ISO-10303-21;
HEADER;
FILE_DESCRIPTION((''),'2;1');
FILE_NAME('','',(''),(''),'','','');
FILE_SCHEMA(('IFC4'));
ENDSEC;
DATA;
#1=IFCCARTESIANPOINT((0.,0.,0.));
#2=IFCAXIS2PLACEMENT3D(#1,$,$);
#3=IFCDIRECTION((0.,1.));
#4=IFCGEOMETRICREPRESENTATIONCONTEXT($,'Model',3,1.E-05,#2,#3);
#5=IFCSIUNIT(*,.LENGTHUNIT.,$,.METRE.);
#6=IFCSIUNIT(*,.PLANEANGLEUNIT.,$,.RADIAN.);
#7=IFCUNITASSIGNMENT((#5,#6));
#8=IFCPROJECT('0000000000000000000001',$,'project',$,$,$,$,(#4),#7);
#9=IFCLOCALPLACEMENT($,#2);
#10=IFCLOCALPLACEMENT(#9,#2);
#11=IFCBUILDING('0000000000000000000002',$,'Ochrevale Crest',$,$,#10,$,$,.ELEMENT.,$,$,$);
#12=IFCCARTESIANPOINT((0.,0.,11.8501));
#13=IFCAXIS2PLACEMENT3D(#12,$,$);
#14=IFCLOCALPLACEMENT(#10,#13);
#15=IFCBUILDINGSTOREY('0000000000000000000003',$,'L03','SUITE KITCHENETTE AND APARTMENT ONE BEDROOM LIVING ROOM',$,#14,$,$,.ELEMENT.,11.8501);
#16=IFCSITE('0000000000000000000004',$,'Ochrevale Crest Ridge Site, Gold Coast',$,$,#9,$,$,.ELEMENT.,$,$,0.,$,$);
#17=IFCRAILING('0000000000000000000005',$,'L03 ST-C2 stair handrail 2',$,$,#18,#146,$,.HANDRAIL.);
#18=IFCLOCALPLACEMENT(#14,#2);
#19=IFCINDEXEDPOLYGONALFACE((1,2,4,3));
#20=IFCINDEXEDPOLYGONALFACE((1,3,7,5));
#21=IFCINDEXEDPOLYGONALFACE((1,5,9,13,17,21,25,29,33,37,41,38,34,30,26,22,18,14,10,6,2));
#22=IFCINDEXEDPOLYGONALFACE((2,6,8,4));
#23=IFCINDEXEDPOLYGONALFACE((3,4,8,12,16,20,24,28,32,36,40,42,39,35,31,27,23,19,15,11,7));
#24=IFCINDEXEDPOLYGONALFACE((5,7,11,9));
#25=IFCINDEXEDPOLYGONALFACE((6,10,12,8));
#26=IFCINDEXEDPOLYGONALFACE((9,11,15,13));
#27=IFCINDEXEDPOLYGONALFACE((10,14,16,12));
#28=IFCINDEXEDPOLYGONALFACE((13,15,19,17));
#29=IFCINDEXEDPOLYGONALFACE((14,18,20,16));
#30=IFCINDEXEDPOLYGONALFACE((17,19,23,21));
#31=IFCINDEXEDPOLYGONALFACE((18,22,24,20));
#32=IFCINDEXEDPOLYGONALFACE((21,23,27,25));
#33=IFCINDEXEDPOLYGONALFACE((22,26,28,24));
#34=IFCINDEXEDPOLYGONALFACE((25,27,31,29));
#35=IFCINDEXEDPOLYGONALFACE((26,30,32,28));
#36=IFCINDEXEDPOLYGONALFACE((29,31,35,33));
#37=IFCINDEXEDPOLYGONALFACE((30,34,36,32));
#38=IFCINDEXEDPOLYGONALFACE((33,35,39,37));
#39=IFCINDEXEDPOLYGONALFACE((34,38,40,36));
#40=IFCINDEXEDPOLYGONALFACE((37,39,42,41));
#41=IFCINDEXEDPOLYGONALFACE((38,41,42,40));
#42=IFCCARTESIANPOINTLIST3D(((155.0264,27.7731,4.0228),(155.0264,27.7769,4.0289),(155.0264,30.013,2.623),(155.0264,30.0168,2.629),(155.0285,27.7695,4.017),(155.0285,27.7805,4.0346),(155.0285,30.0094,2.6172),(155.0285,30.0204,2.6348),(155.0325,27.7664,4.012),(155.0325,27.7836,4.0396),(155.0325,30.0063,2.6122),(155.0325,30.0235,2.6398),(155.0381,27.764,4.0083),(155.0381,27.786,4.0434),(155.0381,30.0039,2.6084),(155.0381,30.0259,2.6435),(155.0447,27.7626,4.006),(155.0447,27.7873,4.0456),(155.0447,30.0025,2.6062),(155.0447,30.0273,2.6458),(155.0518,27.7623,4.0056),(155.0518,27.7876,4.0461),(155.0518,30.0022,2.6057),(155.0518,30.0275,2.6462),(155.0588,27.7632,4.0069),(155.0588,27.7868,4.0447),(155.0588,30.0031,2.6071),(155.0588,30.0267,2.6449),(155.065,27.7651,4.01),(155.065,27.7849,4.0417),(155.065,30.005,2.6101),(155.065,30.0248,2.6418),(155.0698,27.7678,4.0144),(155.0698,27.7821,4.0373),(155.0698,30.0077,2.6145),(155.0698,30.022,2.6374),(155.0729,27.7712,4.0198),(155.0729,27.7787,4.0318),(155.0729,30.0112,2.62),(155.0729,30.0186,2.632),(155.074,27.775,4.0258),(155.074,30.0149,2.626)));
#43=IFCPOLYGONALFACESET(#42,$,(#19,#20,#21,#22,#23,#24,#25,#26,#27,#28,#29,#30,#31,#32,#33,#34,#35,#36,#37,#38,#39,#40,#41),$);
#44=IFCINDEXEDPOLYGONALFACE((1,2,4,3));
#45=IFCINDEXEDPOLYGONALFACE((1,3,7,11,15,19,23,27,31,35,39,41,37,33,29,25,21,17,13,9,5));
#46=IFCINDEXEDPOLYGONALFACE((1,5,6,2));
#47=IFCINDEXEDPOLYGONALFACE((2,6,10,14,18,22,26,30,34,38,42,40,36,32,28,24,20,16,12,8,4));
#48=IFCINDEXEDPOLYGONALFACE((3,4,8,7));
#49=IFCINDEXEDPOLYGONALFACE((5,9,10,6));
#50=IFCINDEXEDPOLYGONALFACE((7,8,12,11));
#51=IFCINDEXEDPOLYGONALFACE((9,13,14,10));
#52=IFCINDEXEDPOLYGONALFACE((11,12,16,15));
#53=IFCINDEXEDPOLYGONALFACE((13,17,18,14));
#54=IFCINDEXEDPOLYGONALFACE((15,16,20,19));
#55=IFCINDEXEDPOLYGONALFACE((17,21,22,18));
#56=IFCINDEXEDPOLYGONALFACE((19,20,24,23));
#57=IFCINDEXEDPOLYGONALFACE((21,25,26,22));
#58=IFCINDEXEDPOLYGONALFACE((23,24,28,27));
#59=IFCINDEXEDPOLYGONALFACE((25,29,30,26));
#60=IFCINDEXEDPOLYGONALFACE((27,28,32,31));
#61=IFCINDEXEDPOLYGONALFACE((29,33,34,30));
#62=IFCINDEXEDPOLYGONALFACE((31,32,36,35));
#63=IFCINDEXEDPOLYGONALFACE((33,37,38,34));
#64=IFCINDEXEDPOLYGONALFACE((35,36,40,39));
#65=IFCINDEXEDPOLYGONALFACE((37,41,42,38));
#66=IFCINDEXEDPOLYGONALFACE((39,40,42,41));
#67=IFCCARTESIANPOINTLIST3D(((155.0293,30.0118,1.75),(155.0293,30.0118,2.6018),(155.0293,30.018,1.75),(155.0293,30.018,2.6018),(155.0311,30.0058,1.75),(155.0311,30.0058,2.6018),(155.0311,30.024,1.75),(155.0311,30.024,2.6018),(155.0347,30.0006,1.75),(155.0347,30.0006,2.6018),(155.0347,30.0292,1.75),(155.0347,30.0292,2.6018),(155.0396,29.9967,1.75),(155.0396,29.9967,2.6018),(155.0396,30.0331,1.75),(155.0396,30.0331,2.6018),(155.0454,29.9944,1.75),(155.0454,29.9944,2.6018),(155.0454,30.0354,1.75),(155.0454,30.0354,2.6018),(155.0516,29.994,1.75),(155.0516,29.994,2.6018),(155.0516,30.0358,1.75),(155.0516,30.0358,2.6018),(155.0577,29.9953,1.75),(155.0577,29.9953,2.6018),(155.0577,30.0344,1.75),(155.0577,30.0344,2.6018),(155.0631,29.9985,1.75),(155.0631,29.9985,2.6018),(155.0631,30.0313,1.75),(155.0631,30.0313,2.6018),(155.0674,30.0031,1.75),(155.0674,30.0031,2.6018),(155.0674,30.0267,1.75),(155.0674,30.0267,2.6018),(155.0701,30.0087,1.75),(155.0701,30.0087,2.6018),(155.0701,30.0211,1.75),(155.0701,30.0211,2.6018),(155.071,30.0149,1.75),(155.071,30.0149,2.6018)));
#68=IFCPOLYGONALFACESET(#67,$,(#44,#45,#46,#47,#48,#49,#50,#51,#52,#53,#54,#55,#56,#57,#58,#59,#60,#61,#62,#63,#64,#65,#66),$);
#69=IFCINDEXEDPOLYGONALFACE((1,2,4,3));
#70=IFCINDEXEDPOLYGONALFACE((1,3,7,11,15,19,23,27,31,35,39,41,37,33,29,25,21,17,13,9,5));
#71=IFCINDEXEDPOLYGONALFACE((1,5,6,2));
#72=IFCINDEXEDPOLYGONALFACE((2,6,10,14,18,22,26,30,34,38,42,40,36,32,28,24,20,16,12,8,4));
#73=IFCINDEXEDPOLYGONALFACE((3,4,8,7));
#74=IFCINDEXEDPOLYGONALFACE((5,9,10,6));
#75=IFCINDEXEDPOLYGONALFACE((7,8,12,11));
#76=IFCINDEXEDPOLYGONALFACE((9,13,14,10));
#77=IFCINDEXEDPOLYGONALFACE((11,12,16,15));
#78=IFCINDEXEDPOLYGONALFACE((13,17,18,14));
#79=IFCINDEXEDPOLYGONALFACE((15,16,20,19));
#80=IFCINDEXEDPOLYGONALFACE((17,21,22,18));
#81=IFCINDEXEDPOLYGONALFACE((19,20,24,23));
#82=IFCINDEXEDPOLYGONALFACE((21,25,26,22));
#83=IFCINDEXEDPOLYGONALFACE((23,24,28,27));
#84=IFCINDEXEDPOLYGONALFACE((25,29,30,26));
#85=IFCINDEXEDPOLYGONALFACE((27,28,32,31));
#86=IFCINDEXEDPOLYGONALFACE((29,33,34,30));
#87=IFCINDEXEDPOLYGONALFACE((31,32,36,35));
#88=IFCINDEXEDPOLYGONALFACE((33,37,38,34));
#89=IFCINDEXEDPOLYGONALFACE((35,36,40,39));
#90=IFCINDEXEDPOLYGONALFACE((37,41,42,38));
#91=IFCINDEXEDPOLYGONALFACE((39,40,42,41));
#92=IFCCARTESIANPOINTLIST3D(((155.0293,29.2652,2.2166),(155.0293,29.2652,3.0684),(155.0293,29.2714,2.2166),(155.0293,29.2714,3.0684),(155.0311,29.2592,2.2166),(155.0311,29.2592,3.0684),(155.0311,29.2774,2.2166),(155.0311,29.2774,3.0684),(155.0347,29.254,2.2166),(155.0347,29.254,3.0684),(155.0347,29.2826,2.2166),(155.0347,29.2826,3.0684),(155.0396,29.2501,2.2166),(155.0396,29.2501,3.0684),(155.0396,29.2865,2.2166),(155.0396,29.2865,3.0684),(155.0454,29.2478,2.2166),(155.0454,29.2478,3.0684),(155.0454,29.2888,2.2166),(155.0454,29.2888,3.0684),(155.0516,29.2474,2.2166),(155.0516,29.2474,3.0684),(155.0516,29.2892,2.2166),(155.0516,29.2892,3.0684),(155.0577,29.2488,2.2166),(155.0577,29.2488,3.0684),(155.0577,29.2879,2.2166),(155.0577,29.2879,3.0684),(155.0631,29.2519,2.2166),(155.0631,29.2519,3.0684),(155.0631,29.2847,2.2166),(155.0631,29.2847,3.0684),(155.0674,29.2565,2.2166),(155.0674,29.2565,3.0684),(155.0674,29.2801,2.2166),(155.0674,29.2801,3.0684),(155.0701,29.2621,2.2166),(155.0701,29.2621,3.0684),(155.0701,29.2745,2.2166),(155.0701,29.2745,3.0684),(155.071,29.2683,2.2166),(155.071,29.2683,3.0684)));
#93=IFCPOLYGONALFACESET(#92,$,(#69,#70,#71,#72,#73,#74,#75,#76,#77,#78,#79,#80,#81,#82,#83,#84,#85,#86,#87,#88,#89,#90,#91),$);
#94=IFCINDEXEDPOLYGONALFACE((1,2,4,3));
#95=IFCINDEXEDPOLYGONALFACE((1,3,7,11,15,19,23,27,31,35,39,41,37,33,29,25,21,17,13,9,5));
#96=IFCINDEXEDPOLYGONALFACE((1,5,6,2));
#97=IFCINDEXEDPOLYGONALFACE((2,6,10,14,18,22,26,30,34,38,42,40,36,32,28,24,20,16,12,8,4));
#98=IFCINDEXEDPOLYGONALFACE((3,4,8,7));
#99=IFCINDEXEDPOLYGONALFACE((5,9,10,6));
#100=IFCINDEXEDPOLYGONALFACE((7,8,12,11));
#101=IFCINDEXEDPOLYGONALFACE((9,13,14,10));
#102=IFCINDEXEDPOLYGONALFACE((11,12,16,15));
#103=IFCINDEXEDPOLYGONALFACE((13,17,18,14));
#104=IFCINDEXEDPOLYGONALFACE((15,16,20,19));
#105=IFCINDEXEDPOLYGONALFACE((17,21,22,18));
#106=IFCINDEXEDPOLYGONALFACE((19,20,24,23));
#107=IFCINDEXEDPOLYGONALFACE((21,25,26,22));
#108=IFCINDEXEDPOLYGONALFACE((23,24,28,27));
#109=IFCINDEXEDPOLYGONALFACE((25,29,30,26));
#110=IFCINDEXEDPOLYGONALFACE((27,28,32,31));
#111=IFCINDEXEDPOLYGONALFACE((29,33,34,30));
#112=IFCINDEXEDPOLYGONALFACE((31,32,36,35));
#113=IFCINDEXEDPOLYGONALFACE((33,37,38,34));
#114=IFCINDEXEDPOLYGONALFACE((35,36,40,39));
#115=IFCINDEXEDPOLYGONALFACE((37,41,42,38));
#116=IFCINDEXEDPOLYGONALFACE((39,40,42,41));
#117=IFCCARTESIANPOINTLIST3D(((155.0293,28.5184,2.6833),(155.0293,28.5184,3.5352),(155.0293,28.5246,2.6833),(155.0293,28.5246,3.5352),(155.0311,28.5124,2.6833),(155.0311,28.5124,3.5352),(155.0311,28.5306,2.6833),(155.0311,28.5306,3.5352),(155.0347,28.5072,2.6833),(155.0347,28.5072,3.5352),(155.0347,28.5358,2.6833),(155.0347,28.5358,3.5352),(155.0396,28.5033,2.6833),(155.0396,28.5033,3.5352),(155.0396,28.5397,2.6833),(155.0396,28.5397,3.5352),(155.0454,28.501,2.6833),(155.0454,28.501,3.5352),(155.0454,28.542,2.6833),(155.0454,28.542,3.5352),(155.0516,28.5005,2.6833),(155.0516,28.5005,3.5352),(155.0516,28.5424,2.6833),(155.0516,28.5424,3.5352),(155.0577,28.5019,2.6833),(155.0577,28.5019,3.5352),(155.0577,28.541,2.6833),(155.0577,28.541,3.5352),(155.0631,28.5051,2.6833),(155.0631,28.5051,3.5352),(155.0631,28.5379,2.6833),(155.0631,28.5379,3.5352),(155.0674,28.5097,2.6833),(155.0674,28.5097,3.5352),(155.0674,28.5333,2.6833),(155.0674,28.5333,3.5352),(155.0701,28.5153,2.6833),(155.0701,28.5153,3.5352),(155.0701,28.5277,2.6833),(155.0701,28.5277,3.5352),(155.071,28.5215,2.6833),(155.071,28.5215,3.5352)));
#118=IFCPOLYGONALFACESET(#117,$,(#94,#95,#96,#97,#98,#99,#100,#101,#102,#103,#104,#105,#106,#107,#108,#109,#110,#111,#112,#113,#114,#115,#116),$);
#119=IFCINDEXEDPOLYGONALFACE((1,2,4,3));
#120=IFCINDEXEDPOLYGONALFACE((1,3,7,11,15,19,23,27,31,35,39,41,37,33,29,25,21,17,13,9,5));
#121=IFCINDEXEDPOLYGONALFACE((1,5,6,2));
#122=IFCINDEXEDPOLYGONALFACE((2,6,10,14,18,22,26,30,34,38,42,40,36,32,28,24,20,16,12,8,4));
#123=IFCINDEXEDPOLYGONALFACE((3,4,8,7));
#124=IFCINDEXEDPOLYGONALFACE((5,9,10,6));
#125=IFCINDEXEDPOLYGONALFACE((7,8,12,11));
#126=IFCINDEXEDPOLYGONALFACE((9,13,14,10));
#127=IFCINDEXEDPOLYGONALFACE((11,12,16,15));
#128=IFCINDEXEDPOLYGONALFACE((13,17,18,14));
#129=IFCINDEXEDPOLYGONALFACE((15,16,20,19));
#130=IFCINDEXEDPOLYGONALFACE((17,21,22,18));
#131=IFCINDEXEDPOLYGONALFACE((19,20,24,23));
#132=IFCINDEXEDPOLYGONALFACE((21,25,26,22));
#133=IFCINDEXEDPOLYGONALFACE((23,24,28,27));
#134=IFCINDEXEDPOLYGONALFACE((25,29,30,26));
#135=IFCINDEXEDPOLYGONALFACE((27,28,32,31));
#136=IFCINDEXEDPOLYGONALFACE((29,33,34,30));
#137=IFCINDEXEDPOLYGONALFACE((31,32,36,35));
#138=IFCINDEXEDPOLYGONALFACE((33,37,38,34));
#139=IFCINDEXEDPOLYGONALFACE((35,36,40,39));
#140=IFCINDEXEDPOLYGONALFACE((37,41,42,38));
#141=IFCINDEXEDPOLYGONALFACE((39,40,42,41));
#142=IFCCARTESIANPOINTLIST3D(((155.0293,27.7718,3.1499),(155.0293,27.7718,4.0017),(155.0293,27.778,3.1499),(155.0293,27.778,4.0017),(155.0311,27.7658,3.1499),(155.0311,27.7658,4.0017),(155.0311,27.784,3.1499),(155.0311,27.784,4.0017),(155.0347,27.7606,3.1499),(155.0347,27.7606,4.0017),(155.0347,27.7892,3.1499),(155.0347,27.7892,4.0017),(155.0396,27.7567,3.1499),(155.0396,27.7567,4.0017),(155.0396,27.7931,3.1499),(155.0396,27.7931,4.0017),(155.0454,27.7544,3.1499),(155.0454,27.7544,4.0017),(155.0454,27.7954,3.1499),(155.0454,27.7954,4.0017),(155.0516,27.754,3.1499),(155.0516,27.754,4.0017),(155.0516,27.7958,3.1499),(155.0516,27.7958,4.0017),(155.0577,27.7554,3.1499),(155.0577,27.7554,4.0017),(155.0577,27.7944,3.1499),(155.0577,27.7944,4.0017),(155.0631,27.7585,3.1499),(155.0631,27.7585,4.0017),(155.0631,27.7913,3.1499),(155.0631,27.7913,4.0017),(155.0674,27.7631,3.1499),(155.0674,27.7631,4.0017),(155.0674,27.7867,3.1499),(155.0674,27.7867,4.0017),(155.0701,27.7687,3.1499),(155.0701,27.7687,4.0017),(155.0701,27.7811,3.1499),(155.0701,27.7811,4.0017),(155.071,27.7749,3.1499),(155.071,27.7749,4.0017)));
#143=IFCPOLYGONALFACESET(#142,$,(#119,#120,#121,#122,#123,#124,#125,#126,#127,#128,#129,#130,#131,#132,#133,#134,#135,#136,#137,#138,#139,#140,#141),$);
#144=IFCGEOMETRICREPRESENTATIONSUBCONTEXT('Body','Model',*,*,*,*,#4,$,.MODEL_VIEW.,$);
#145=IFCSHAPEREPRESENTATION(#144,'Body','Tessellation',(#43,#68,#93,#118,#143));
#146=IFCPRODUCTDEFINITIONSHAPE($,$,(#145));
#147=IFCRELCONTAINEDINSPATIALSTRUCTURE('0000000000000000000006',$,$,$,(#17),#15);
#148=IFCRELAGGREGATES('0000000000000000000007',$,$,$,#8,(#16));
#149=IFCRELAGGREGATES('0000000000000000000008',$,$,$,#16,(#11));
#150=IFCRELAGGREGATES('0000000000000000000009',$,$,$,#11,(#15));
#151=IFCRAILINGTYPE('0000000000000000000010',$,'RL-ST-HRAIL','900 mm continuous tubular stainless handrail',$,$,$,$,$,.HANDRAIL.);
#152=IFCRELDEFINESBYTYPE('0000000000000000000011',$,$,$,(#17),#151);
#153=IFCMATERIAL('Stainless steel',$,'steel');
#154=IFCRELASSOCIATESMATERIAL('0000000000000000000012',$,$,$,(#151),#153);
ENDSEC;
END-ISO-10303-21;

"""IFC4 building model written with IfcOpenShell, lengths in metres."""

from ifc_helpers import new_model, si_unit, direction, frame, origin, origin_2d, place, context, subcontext, project, spatial, circle, extrude, material, type_object, element, save


model = new_model("IFC4")

# Units and contexts
model_context = context("Model", 3, precision=1e-05, world=origin(), true_north=direction((0.0, 1.0)))
body_context = subcontext(model_context, "Body", "Model", "MODEL_VIEW")
ifc_project = project(units=[si_unit("LENGTHUNIT", "METRE"), si_unit("PLANEANGLEUNIT", "RADIAN")], contexts=[model_context])

# Site, building, storey
site_placement = place(None, origin())
site = spatial("IfcSite", under=ifc_project, at=site_placement, Name="Ochrevale Crest Ridge Site, Gold Coast", CompositionType="ELEMENT", RefElevation=0.0)
building_placement = place(site_placement, origin())
building = spatial("IfcBuilding", under=site, at=building_placement, Name="Ochrevale Crest", CompositionType="ELEMENT")
storey_placement = place(building_placement, frame((0.0, 0.0, 11.8501)))
storey = spatial("IfcBuildingStorey", under=building, at=storey_placement, Name="L03", Description="SUITE KITCHENETTE AND APARTMENT ONE BEDROOM LIVING ROOM", CompositionType="ELEMENT", Elevation=11.8501)

# Railing
ifc_material_1 = material(Name="Stainless steel", Category="steel")
railing_type_1 = type_object("IfcRailingType", Name="RL-ST-HRAIL", Description="900 mm continuous tubular stainless handrail", PredefinedType="HANDRAIL", material=ifc_material_1)
railing_1_placement = place(storey_placement, frame((155.05, 30.0149, 1.75)))
element("IfcRailing", 1, at=railing_1_placement, inside=storey, type_object=railing_type_1, Name="L03 ST-C2 stair handrail 2", PredefinedType="HANDRAIL", context=body_context, shape_type="SweptSolid", body=[
    extrude(circle(Radius=0.0239, at=origin_2d()), frame((0.0, 0.0, 0.876), z_axis=(0.0, -0.848014, 0.529974), x_axis=(1.0, 0.0, 0.0)), (0.0, 0.0, 1.0), 2.6414),
    extrude(circle(Radius=0.021, at=origin_2d()), origin(), (0.0, 0.0, 1.0), 0.8518),
    extrude(circle(Radius=0.021, at=origin_2d()), frame((0.0, -0.7466, 0.4666)), (0.0, 0.0, 1.0), 0.8518),
    extrude(circle(Radius=0.021, at=origin_2d()), frame((0.0, -1.4934, 0.9333)), (0.0, 0.0, 1.0), 0.8518),
    extrude(circle(Radius=0.021, at=origin_2d()), frame((0.0, -2.24, 1.3999)), (0.0, 0.0, 1.0), 0.8518),
])

save(model, "model.ifc")
